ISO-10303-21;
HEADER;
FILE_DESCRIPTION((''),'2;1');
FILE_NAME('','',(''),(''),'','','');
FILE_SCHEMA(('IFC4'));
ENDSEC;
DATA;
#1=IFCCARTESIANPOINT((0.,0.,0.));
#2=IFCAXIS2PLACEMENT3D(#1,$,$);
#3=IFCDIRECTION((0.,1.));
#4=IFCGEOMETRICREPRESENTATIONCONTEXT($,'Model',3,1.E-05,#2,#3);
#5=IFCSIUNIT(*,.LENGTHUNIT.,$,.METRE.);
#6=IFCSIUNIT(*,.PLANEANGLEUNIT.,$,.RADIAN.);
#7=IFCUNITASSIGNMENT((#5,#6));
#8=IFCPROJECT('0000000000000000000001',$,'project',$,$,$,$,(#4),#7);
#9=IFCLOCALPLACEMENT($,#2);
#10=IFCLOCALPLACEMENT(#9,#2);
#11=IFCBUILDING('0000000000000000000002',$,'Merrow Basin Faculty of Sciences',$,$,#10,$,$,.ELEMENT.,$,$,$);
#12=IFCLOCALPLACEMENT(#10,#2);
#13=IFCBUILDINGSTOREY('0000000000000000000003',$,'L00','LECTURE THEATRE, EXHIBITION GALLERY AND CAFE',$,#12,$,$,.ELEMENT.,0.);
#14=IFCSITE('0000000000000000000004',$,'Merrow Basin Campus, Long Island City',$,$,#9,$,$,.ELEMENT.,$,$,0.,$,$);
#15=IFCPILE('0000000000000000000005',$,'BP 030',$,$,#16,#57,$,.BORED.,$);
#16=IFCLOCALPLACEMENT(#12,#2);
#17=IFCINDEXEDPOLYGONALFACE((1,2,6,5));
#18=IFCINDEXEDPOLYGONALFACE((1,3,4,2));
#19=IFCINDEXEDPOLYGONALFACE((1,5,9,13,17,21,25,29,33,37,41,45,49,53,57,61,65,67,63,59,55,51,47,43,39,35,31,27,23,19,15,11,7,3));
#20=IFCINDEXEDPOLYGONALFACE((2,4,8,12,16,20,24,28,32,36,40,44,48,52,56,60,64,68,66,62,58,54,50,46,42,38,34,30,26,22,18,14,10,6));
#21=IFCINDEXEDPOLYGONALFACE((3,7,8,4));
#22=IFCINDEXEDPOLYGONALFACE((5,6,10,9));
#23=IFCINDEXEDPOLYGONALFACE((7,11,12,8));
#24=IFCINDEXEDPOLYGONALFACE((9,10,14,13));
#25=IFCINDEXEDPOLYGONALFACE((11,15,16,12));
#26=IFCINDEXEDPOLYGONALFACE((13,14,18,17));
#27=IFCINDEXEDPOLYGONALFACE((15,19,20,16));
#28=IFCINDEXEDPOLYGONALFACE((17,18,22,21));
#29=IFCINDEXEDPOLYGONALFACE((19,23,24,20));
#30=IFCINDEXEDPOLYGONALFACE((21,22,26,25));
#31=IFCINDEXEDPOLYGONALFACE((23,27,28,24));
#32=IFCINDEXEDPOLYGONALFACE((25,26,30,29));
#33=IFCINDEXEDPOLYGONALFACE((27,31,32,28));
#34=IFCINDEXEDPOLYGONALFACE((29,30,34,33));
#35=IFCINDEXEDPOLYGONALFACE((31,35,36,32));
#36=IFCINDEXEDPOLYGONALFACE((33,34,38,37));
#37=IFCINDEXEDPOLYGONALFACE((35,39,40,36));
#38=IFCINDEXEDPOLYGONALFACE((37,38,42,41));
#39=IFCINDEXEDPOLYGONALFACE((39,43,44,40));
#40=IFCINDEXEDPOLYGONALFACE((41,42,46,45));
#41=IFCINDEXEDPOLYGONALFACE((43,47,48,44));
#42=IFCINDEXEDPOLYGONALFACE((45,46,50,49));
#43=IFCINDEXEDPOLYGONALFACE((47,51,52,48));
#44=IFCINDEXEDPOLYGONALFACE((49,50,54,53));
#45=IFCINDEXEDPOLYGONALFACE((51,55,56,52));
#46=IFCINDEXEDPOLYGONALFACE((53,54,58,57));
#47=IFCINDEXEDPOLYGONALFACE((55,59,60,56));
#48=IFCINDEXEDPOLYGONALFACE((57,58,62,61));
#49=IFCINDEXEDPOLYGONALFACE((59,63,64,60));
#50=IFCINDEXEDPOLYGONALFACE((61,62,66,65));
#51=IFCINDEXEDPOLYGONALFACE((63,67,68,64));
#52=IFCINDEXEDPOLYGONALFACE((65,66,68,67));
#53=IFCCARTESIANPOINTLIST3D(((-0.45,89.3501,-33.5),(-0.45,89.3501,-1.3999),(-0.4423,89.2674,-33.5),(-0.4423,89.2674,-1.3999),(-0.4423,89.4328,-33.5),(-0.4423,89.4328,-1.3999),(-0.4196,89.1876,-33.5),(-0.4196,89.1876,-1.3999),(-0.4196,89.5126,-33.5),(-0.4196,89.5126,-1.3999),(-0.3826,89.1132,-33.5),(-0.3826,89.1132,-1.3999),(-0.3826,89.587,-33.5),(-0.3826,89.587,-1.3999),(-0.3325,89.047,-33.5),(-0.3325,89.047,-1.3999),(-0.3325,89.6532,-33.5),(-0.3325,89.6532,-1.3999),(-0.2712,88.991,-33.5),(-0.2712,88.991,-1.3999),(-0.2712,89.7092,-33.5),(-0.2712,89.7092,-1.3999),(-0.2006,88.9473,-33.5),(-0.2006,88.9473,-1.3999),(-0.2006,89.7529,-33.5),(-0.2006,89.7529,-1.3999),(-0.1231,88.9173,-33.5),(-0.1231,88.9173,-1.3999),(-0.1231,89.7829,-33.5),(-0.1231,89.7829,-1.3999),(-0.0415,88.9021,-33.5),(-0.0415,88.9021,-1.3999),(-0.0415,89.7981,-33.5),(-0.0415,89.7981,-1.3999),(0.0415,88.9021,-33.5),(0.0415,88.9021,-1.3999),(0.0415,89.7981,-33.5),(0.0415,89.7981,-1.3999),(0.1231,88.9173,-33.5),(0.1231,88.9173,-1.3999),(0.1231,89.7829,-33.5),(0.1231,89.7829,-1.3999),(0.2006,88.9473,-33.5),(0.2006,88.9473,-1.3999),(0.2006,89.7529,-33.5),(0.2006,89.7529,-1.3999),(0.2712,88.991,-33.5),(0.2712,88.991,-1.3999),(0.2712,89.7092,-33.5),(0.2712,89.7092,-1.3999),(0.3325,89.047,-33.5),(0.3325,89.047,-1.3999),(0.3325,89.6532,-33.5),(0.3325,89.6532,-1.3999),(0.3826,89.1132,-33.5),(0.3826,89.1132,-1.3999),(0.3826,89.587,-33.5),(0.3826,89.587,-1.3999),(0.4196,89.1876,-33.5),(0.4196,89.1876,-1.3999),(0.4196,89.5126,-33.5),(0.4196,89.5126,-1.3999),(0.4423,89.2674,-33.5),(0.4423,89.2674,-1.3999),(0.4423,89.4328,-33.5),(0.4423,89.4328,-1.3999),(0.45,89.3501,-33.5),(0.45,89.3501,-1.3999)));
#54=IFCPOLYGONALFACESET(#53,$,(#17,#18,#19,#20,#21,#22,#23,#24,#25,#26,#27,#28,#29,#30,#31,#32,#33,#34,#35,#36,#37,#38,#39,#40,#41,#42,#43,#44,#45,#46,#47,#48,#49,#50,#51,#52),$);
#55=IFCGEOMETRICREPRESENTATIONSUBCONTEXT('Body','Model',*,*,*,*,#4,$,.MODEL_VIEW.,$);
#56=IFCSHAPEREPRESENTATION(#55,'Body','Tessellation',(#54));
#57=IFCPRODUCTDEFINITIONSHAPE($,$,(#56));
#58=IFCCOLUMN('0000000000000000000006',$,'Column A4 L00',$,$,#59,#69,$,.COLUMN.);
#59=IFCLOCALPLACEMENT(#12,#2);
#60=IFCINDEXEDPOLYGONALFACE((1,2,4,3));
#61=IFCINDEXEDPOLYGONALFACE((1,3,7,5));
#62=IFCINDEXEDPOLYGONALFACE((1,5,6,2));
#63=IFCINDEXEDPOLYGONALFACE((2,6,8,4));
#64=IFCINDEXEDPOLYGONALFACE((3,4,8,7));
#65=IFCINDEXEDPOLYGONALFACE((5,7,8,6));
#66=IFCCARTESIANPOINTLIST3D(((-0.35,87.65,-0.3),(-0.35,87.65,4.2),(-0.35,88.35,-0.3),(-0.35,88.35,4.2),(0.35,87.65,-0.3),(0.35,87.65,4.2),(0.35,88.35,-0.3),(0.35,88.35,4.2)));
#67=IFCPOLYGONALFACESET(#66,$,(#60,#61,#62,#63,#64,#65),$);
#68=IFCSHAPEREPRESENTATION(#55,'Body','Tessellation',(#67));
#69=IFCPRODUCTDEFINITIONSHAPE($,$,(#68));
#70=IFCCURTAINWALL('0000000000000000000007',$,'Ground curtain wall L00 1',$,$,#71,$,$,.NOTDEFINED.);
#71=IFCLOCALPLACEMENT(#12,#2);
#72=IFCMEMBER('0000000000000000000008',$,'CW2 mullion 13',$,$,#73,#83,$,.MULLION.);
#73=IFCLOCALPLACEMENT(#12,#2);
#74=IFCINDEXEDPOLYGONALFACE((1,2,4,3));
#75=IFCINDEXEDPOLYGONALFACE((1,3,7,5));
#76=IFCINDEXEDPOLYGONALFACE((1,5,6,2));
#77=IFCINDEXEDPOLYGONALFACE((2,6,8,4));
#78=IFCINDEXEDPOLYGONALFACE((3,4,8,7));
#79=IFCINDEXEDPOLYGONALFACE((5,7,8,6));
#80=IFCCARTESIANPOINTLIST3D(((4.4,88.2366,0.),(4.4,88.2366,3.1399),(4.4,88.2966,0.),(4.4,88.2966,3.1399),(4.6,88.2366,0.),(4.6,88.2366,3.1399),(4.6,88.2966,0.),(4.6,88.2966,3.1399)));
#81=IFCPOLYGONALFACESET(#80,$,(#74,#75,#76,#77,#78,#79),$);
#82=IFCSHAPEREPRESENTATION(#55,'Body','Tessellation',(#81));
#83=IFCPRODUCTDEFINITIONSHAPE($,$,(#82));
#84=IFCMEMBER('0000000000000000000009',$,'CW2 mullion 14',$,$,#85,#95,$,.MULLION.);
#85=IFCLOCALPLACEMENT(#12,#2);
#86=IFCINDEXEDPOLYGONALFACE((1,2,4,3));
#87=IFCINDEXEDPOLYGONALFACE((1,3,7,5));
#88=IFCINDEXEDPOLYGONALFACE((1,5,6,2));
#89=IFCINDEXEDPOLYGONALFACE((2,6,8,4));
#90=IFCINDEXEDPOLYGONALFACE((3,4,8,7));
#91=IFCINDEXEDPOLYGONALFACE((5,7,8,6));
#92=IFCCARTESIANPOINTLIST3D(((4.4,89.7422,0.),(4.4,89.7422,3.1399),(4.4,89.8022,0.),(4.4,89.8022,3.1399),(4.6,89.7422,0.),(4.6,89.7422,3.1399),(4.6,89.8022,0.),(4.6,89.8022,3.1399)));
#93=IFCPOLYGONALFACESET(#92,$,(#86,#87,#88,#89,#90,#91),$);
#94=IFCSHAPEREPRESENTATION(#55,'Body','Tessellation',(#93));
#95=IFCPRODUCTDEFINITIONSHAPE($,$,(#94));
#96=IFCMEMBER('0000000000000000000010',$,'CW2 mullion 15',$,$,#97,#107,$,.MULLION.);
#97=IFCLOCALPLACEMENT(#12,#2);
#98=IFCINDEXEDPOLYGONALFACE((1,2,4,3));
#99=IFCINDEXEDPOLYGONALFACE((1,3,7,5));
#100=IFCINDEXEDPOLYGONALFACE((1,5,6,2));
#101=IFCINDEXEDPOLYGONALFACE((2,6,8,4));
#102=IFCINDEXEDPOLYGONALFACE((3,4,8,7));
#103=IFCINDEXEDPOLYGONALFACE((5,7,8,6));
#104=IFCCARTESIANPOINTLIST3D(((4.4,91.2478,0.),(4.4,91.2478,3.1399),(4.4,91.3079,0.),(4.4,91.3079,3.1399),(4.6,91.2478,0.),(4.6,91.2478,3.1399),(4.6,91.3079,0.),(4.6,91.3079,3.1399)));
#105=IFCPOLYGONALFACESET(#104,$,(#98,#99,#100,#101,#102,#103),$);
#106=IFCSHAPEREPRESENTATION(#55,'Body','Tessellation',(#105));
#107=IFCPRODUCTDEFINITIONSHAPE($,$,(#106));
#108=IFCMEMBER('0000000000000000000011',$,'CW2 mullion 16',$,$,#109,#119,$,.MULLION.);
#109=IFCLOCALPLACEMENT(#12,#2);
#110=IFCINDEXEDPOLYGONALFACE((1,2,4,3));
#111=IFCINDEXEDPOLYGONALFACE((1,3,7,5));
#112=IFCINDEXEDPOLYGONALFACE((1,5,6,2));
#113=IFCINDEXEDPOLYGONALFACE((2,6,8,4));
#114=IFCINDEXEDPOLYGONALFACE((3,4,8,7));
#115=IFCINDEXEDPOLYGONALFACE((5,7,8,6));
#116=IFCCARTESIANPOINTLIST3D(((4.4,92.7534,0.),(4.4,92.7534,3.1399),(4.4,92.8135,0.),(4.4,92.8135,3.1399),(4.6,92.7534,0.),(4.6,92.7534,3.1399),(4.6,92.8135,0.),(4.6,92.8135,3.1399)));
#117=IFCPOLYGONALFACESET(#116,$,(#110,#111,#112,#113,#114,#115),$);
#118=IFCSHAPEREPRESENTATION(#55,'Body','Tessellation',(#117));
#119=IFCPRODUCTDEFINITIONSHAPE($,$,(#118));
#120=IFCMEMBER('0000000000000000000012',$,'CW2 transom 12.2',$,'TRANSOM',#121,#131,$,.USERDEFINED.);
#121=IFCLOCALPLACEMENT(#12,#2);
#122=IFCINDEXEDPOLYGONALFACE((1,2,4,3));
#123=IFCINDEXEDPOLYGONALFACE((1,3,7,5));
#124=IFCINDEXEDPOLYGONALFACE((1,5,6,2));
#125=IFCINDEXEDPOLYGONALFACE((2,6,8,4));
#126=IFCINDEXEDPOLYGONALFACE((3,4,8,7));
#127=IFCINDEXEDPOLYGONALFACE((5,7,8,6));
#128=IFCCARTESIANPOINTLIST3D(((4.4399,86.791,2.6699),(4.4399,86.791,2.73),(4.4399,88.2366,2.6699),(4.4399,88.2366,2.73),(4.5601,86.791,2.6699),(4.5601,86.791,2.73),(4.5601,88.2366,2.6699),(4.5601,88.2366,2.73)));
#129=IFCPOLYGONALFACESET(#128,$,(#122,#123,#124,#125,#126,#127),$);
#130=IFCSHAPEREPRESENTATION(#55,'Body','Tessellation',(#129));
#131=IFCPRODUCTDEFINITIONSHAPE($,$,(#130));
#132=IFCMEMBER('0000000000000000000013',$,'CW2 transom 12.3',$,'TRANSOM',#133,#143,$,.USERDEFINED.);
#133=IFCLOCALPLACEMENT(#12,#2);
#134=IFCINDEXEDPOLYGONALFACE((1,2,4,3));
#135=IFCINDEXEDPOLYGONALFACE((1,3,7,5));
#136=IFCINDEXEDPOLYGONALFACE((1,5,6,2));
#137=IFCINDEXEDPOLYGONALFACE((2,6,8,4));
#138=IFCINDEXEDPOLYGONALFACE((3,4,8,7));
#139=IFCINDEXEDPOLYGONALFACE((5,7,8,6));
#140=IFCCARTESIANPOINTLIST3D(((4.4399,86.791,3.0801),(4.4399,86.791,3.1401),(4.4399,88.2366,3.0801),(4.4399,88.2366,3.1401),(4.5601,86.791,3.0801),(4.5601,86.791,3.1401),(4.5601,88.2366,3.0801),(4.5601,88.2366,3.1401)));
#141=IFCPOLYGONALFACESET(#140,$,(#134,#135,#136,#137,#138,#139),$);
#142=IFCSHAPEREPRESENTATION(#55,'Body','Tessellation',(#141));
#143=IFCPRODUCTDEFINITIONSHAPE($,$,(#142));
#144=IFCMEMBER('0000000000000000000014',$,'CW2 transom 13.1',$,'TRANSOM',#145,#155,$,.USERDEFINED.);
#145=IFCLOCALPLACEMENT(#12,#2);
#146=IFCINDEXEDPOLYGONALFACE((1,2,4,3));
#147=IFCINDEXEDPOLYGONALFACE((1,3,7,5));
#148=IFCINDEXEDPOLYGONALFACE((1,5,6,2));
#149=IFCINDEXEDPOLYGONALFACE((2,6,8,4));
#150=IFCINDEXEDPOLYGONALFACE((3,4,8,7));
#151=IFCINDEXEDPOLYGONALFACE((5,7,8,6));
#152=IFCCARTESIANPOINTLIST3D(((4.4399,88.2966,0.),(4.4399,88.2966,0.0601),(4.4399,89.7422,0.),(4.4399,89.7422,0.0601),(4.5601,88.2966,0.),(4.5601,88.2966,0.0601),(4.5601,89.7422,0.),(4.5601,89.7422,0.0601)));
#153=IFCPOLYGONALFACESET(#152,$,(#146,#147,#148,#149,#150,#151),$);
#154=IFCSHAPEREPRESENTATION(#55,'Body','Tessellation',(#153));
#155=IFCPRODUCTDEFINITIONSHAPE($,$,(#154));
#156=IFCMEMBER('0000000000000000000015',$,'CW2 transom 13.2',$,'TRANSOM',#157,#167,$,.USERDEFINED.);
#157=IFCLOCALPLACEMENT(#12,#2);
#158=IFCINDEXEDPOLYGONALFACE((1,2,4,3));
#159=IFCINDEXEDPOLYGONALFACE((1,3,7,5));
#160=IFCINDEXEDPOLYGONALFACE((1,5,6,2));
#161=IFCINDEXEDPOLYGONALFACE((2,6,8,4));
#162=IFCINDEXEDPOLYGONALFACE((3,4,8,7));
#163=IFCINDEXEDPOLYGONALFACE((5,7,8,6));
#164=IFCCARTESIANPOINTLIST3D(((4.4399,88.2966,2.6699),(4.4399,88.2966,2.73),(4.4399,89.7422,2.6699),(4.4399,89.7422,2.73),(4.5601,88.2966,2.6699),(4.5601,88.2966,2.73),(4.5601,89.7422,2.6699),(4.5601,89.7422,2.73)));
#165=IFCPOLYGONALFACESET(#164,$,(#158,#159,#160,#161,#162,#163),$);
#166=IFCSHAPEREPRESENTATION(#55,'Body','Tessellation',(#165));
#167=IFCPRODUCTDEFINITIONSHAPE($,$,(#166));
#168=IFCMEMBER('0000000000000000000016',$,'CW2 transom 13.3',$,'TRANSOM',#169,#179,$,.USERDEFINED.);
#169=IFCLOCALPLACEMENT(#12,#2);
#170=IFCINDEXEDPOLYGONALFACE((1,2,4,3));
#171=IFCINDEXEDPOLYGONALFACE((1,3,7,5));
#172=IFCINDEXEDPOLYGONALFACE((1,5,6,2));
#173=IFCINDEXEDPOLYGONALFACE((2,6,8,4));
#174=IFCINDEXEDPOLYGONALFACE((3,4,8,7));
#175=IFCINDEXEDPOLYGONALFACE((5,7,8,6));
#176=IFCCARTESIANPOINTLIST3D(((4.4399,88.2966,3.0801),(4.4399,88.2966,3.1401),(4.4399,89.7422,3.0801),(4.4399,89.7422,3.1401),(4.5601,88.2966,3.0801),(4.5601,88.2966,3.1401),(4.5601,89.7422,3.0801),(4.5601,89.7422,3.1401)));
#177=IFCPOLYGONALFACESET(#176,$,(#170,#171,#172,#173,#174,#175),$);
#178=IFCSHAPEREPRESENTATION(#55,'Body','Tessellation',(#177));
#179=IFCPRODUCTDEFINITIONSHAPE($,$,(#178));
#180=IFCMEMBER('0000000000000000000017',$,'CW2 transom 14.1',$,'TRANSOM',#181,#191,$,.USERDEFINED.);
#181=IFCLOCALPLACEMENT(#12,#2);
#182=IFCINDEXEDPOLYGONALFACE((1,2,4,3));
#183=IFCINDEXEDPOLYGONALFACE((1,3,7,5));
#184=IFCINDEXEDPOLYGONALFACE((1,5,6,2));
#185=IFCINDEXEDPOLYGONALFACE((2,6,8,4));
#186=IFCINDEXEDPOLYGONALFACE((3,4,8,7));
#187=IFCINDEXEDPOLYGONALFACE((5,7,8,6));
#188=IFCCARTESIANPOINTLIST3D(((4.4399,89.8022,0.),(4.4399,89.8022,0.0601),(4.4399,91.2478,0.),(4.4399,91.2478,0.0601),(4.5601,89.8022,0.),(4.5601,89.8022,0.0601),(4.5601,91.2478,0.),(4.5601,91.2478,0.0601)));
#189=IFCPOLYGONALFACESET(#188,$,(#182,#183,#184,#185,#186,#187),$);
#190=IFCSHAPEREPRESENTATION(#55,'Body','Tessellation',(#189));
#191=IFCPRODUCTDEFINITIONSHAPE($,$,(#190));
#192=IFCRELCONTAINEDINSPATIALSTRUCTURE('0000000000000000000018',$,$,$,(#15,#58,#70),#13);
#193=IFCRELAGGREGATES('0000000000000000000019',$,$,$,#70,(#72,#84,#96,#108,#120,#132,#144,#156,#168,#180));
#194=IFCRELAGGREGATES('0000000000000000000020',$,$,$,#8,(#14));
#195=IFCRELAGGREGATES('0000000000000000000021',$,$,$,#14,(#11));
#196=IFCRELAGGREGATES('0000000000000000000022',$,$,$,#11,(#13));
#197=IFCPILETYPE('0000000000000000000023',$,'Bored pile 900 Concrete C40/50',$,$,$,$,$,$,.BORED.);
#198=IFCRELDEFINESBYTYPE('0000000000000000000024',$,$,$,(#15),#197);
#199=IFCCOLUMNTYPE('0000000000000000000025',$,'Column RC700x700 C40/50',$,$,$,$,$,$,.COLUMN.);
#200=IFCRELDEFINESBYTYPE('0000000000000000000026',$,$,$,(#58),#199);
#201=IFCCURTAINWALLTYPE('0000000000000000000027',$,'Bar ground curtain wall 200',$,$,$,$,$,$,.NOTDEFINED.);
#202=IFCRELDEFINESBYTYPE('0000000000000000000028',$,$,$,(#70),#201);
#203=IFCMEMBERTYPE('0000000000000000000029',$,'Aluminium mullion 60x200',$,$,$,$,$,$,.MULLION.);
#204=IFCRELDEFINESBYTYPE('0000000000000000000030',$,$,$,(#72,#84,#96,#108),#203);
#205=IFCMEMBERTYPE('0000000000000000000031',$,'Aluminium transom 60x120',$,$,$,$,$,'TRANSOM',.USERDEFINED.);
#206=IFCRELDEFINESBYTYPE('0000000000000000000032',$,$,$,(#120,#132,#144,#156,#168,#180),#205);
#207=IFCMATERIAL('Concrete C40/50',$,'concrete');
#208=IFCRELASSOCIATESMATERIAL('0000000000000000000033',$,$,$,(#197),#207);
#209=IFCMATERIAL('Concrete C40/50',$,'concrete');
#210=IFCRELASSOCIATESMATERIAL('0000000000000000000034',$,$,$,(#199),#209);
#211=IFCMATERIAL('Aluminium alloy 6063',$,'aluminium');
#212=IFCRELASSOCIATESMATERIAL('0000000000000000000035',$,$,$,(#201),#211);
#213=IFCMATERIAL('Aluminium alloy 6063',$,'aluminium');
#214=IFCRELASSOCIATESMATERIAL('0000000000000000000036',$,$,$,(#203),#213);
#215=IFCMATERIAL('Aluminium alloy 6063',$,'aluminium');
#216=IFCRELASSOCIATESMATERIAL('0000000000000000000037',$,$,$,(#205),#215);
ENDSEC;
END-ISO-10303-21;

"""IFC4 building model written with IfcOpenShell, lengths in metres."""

from ifc_helpers import new_model, si_unit, direction, frame, origin, origin_2d, place, context, subcontext, project, spatial, rectangle, circle, extrude, material, material_profile, profile_set, type_object, element, aggregate, save


model = new_model("IFC4")

# Units and contexts
model_context = context("Model", 3, precision=1e-05, world=origin(), true_north=direction((0.0, 1.0)))
body_context = subcontext(model_context, "Body", "Model", "MODEL_VIEW")
ifc_project = project(units=[si_unit("LENGTHUNIT", "METRE"), si_unit("PLANEANGLEUNIT", "RADIAN")], contexts=[model_context])

# Site, building, storey
site_placement = place(None, origin())
site = spatial("IfcSite", under=ifc_project, at=site_placement, Name="Merrow Basin Campus, Long Island City", CompositionType="ELEMENT", RefElevation=0.0)
building_placement = place(site_placement, origin())
building = spatial("IfcBuilding", under=site, at=building_placement, Name="Merrow Basin Faculty of Sciences", CompositionType="ELEMENT")
storey_placement = place(building_placement, origin())
storey = spatial("IfcBuildingStorey", under=building, at=storey_placement, Name="L00", Description="LECTURE THEATRE, EXHIBITION GALLERY AND CAFE", CompositionType="ELEMENT", Elevation=0.0)

# Pile
ifc_material_1 = material(Name="Concrete C40/50", Category="concrete")
ifc_material_profile_1 = material_profile(ifc_material_1, circle(Radius=0.45, at=origin_2d()))
ifc_profile_set_1 = profile_set([ifc_material_profile_1], Name="Concrete C40/50")
pile_type = type_object("IfcPileType", Name="Bored pile 900 Concrete C40/50", PredefinedType="BORED", material=ifc_profile_set_1)
pile_placement = place(storey_placement, frame((0.0, 89.3501, -1.3999), z_axis=(0.0, 0.0, -1.0), x_axis=(1.0, 0.0, 0.0)))
element("IfcPile", 1, at=pile_placement, inside=storey, type_object=pile_type, Name="BP 030", PredefinedType="BORED", context=body_context, shape_type="SweptSolid", body=[
    extrude(circle(Radius=0.45, at=origin_2d()), origin(), (0.0, 0.0, 1.0), 32.1001),
])

# Column
ifc_material_2 = material(Name="Concrete C40/50", Category="concrete")
ifc_material_profile_2 = material_profile(ifc_material_2, rectangle(XDim=0.7, YDim=0.7, at=origin_2d()))
ifc_profile_set_2 = profile_set([ifc_material_profile_2], Name="Concrete C40/50")
column_type = type_object("IfcColumnType", Name="Column RC700x700 C40/50", PredefinedType="COLUMN", material=ifc_profile_set_2)
column_placement = place(storey_placement, frame((0.0, 88.0, -0.3), z_axis=(0.0, 0.0, 1.0), x_axis=(1.0, 0.0, 0.0)))
element("IfcColumn", 2, at=column_placement, inside=storey, type_object=column_type, Name="Column A4 L00", PredefinedType="COLUMN", context=body_context, shape_type="SweptSolid", body=[
    extrude(rectangle(XDim=0.7, YDim=0.7, at=origin_2d()), origin(), (0.0, 0.0, 1.0), 4.5),
])

# Curtain wall, members
ifc_material_3 = material(Name="Aluminium alloy 6063", Category="aluminium")
curtain_wall_type = type_object("IfcCurtainWallType", Name="Bar ground curtain wall 200", PredefinedType="NOTDEFINED", material=ifc_material_3)
curtain_wall_placement = place(storey_placement, origin())
curtain_wall = element("IfcCurtainWall", 3, at=curtain_wall_placement, inside=storey, type_object=curtain_wall_type, Name="Ground curtain wall L00 1", PredefinedType="NOTDEFINED")
ifc_material_4 = material(Name="Aluminium alloy 6063", Category="aluminium")
ifc_material_profile_3 = material_profile(ifc_material_4, rectangle(XDim=0.2, YDim=0.0601, at=origin_2d()))
ifc_profile_set_3 = profile_set([ifc_material_profile_3], Name="Aluminium alloy 6063")
member_type_1 = type_object("IfcMemberType", Name="Aluminium mullion 60x200", PredefinedType="MULLION", material=ifc_profile_set_3)
member_1_placement = place(storey_placement, frame((4.5, 88.2666, 0.0), z_axis=(0.0, 0.0, 1.0), x_axis=(-1.0, 0.0, 0.0)))
member_1 = element("IfcMember", 4, at=member_1_placement, type_object=member_type_1, Name="CW2 mullion 13", PredefinedType="MULLION", context=body_context, shape_type="SweptSolid", body=[
    extrude(rectangle(XDim=0.2, YDim=0.0601, at=origin_2d()), origin(), (0.0, 0.0, 1.0), 3.1399),
])
member_2_placement = place(storey_placement, frame((4.5, 89.7722, 0.0), z_axis=(0.0, 0.0, 1.0), x_axis=(-1.0, 0.0, 0.0)))
member_2 = element("IfcMember", 5, at=member_2_placement, type_object=member_type_1, Name="CW2 mullion 14", PredefinedType="MULLION", context=body_context, shape_type="SweptSolid", body=[
    extrude(rectangle(XDim=0.2, YDim=0.0601, at=origin_2d()), origin(), (0.0, 0.0, 1.0), 3.1399),
])
member_3_placement = place(storey_placement, frame((4.5, 91.2778, 0.0), z_axis=(0.0, 0.0, 1.0), x_axis=(-1.0, 0.0, 0.0)))
member_3 = element("IfcMember", 6, at=member_3_placement, type_object=member_type_1, Name="CW2 mullion 15", PredefinedType="MULLION", context=body_context, shape_type="SweptSolid", body=[
    extrude(rectangle(XDim=0.2, YDim=0.0601, at=origin_2d()), origin(), (0.0, 0.0, 1.0), 3.1399),
])
member_4_placement = place(storey_placement, frame((4.5, 92.7834, 0.0), z_axis=(0.0, 0.0, 1.0), x_axis=(-1.0, 0.0, 0.0)))
member_4 = element("IfcMember", 7, at=member_4_placement, type_object=member_type_1, Name="CW2 mullion 16", PredefinedType="MULLION", context=body_context, shape_type="SweptSolid", body=[
    extrude(rectangle(XDim=0.2, YDim=0.0601, at=origin_2d()), origin(), (0.0, 0.0, 1.0), 3.1399),
])
ifc_material_5 = material(Name="Aluminium alloy 6063", Category="aluminium")
ifc_material_profile_4 = material_profile(ifc_material_5, rectangle(XDim=0.1201, YDim=0.0601, at=origin_2d()))
ifc_profile_set_4 = profile_set([ifc_material_profile_4], Name="Aluminium alloy 6063")
member_type_2 = type_object("IfcMemberType", Name="Aluminium transom 60x120", ElementType="TRANSOM", PredefinedType="USERDEFINED", material=ifc_profile_set_4)
member_5_placement = place(storey_placement, frame((4.5, 86.791, 2.7), z_axis=(0.0, 1.0, 0.0), x_axis=(-1.0, 0.0, 0.0)))
member_5 = element("IfcMember", 8, at=member_5_placement, type_object=member_type_2, Name="CW2 transom 12.2", ObjectType="TRANSOM", PredefinedType="USERDEFINED", context=body_context, shape_type="SweptSolid", body=[
    extrude(rectangle(XDim=0.1201, YDim=0.0601, at=origin_2d()), origin(), (0.0, 0.0, 1.0), 1.4456),
])
member_6_placement = place(storey_placement, frame((4.5, 86.791, 3.1101), z_axis=(0.0, 1.0, 0.0), x_axis=(-1.0, 0.0, 0.0)))
member_6 = element("IfcMember", 9, at=member_6_placement, type_object=member_type_2, Name="CW2 transom 12.3", ObjectType="TRANSOM", PredefinedType="USERDEFINED", context=body_context, shape_type="SweptSolid", body=[
    extrude(rectangle(XDim=0.1201, YDim=0.0601, at=origin_2d()), origin(), (0.0, 0.0, 1.0), 1.4456),
])
member_7_placement = place(storey_placement, frame((4.5, 88.2966, 0.03), z_axis=(0.0, 1.0, 0.0), x_axis=(-1.0, 0.0, 0.0)))
member_7 = element("IfcMember", 10, at=member_7_placement, type_object=member_type_2, Name="CW2 transom 13.1", ObjectType="TRANSOM", PredefinedType="USERDEFINED", context=body_context, shape_type="SweptSolid", body=[
    extrude(rectangle(XDim=0.1201, YDim=0.0601, at=origin_2d()), origin(), (0.0, 0.0, 1.0), 1.4456),
])
member_8_placement = place(storey_placement, frame((4.5, 88.2966, 2.7), z_axis=(0.0, 1.0, 0.0), x_axis=(-1.0, 0.0, 0.0)))
member_8 = element("IfcMember", 11, at=member_8_placement, type_object=member_type_2, Name="CW2 transom 13.2", ObjectType="TRANSOM", PredefinedType="USERDEFINED", context=body_context, shape_type="SweptSolid", body=[
    extrude(rectangle(XDim=0.1201, YDim=0.0601, at=origin_2d()), origin(), (0.0, 0.0, 1.0), 1.4456),
])
member_9_placement = place(storey_placement, frame((4.5, 88.2966, 3.1101), z_axis=(0.0, 1.0, 0.0), x_axis=(-1.0, 0.0, 0.0)))
member_9 = element("IfcMember", 12, at=member_9_placement, type_object=member_type_2, Name="CW2 transom 13.3", ObjectType="TRANSOM", PredefinedType="USERDEFINED", context=body_context, shape_type="SweptSolid", body=[
    extrude(rectangle(XDim=0.1201, YDim=0.0601, at=origin_2d()), origin(), (0.0, 0.0, 1.0), 1.4456),
])
member_10_placement = place(storey_placement, frame((4.5, 89.8022, 0.03), z_axis=(0.0, 1.0, 0.0), x_axis=(-1.0, 0.0, 0.0)))
member_10 = element("IfcMember", 13, at=member_10_placement, type_object=member_type_2, Name="CW2 transom 14.1", ObjectType="TRANSOM", PredefinedType="USERDEFINED", context=body_context, shape_type="SweptSolid", body=[
    extrude(rectangle(XDim=0.1201, YDim=0.0601, at=origin_2d()), origin(), (0.0, 0.0, 1.0), 1.4456),
])

aggregate(curtain_wall, [member_1, member_2, member_3, member_4, member_5, member_6, member_7, member_8, member_9, member_10])

save(model, "model.ifc")
